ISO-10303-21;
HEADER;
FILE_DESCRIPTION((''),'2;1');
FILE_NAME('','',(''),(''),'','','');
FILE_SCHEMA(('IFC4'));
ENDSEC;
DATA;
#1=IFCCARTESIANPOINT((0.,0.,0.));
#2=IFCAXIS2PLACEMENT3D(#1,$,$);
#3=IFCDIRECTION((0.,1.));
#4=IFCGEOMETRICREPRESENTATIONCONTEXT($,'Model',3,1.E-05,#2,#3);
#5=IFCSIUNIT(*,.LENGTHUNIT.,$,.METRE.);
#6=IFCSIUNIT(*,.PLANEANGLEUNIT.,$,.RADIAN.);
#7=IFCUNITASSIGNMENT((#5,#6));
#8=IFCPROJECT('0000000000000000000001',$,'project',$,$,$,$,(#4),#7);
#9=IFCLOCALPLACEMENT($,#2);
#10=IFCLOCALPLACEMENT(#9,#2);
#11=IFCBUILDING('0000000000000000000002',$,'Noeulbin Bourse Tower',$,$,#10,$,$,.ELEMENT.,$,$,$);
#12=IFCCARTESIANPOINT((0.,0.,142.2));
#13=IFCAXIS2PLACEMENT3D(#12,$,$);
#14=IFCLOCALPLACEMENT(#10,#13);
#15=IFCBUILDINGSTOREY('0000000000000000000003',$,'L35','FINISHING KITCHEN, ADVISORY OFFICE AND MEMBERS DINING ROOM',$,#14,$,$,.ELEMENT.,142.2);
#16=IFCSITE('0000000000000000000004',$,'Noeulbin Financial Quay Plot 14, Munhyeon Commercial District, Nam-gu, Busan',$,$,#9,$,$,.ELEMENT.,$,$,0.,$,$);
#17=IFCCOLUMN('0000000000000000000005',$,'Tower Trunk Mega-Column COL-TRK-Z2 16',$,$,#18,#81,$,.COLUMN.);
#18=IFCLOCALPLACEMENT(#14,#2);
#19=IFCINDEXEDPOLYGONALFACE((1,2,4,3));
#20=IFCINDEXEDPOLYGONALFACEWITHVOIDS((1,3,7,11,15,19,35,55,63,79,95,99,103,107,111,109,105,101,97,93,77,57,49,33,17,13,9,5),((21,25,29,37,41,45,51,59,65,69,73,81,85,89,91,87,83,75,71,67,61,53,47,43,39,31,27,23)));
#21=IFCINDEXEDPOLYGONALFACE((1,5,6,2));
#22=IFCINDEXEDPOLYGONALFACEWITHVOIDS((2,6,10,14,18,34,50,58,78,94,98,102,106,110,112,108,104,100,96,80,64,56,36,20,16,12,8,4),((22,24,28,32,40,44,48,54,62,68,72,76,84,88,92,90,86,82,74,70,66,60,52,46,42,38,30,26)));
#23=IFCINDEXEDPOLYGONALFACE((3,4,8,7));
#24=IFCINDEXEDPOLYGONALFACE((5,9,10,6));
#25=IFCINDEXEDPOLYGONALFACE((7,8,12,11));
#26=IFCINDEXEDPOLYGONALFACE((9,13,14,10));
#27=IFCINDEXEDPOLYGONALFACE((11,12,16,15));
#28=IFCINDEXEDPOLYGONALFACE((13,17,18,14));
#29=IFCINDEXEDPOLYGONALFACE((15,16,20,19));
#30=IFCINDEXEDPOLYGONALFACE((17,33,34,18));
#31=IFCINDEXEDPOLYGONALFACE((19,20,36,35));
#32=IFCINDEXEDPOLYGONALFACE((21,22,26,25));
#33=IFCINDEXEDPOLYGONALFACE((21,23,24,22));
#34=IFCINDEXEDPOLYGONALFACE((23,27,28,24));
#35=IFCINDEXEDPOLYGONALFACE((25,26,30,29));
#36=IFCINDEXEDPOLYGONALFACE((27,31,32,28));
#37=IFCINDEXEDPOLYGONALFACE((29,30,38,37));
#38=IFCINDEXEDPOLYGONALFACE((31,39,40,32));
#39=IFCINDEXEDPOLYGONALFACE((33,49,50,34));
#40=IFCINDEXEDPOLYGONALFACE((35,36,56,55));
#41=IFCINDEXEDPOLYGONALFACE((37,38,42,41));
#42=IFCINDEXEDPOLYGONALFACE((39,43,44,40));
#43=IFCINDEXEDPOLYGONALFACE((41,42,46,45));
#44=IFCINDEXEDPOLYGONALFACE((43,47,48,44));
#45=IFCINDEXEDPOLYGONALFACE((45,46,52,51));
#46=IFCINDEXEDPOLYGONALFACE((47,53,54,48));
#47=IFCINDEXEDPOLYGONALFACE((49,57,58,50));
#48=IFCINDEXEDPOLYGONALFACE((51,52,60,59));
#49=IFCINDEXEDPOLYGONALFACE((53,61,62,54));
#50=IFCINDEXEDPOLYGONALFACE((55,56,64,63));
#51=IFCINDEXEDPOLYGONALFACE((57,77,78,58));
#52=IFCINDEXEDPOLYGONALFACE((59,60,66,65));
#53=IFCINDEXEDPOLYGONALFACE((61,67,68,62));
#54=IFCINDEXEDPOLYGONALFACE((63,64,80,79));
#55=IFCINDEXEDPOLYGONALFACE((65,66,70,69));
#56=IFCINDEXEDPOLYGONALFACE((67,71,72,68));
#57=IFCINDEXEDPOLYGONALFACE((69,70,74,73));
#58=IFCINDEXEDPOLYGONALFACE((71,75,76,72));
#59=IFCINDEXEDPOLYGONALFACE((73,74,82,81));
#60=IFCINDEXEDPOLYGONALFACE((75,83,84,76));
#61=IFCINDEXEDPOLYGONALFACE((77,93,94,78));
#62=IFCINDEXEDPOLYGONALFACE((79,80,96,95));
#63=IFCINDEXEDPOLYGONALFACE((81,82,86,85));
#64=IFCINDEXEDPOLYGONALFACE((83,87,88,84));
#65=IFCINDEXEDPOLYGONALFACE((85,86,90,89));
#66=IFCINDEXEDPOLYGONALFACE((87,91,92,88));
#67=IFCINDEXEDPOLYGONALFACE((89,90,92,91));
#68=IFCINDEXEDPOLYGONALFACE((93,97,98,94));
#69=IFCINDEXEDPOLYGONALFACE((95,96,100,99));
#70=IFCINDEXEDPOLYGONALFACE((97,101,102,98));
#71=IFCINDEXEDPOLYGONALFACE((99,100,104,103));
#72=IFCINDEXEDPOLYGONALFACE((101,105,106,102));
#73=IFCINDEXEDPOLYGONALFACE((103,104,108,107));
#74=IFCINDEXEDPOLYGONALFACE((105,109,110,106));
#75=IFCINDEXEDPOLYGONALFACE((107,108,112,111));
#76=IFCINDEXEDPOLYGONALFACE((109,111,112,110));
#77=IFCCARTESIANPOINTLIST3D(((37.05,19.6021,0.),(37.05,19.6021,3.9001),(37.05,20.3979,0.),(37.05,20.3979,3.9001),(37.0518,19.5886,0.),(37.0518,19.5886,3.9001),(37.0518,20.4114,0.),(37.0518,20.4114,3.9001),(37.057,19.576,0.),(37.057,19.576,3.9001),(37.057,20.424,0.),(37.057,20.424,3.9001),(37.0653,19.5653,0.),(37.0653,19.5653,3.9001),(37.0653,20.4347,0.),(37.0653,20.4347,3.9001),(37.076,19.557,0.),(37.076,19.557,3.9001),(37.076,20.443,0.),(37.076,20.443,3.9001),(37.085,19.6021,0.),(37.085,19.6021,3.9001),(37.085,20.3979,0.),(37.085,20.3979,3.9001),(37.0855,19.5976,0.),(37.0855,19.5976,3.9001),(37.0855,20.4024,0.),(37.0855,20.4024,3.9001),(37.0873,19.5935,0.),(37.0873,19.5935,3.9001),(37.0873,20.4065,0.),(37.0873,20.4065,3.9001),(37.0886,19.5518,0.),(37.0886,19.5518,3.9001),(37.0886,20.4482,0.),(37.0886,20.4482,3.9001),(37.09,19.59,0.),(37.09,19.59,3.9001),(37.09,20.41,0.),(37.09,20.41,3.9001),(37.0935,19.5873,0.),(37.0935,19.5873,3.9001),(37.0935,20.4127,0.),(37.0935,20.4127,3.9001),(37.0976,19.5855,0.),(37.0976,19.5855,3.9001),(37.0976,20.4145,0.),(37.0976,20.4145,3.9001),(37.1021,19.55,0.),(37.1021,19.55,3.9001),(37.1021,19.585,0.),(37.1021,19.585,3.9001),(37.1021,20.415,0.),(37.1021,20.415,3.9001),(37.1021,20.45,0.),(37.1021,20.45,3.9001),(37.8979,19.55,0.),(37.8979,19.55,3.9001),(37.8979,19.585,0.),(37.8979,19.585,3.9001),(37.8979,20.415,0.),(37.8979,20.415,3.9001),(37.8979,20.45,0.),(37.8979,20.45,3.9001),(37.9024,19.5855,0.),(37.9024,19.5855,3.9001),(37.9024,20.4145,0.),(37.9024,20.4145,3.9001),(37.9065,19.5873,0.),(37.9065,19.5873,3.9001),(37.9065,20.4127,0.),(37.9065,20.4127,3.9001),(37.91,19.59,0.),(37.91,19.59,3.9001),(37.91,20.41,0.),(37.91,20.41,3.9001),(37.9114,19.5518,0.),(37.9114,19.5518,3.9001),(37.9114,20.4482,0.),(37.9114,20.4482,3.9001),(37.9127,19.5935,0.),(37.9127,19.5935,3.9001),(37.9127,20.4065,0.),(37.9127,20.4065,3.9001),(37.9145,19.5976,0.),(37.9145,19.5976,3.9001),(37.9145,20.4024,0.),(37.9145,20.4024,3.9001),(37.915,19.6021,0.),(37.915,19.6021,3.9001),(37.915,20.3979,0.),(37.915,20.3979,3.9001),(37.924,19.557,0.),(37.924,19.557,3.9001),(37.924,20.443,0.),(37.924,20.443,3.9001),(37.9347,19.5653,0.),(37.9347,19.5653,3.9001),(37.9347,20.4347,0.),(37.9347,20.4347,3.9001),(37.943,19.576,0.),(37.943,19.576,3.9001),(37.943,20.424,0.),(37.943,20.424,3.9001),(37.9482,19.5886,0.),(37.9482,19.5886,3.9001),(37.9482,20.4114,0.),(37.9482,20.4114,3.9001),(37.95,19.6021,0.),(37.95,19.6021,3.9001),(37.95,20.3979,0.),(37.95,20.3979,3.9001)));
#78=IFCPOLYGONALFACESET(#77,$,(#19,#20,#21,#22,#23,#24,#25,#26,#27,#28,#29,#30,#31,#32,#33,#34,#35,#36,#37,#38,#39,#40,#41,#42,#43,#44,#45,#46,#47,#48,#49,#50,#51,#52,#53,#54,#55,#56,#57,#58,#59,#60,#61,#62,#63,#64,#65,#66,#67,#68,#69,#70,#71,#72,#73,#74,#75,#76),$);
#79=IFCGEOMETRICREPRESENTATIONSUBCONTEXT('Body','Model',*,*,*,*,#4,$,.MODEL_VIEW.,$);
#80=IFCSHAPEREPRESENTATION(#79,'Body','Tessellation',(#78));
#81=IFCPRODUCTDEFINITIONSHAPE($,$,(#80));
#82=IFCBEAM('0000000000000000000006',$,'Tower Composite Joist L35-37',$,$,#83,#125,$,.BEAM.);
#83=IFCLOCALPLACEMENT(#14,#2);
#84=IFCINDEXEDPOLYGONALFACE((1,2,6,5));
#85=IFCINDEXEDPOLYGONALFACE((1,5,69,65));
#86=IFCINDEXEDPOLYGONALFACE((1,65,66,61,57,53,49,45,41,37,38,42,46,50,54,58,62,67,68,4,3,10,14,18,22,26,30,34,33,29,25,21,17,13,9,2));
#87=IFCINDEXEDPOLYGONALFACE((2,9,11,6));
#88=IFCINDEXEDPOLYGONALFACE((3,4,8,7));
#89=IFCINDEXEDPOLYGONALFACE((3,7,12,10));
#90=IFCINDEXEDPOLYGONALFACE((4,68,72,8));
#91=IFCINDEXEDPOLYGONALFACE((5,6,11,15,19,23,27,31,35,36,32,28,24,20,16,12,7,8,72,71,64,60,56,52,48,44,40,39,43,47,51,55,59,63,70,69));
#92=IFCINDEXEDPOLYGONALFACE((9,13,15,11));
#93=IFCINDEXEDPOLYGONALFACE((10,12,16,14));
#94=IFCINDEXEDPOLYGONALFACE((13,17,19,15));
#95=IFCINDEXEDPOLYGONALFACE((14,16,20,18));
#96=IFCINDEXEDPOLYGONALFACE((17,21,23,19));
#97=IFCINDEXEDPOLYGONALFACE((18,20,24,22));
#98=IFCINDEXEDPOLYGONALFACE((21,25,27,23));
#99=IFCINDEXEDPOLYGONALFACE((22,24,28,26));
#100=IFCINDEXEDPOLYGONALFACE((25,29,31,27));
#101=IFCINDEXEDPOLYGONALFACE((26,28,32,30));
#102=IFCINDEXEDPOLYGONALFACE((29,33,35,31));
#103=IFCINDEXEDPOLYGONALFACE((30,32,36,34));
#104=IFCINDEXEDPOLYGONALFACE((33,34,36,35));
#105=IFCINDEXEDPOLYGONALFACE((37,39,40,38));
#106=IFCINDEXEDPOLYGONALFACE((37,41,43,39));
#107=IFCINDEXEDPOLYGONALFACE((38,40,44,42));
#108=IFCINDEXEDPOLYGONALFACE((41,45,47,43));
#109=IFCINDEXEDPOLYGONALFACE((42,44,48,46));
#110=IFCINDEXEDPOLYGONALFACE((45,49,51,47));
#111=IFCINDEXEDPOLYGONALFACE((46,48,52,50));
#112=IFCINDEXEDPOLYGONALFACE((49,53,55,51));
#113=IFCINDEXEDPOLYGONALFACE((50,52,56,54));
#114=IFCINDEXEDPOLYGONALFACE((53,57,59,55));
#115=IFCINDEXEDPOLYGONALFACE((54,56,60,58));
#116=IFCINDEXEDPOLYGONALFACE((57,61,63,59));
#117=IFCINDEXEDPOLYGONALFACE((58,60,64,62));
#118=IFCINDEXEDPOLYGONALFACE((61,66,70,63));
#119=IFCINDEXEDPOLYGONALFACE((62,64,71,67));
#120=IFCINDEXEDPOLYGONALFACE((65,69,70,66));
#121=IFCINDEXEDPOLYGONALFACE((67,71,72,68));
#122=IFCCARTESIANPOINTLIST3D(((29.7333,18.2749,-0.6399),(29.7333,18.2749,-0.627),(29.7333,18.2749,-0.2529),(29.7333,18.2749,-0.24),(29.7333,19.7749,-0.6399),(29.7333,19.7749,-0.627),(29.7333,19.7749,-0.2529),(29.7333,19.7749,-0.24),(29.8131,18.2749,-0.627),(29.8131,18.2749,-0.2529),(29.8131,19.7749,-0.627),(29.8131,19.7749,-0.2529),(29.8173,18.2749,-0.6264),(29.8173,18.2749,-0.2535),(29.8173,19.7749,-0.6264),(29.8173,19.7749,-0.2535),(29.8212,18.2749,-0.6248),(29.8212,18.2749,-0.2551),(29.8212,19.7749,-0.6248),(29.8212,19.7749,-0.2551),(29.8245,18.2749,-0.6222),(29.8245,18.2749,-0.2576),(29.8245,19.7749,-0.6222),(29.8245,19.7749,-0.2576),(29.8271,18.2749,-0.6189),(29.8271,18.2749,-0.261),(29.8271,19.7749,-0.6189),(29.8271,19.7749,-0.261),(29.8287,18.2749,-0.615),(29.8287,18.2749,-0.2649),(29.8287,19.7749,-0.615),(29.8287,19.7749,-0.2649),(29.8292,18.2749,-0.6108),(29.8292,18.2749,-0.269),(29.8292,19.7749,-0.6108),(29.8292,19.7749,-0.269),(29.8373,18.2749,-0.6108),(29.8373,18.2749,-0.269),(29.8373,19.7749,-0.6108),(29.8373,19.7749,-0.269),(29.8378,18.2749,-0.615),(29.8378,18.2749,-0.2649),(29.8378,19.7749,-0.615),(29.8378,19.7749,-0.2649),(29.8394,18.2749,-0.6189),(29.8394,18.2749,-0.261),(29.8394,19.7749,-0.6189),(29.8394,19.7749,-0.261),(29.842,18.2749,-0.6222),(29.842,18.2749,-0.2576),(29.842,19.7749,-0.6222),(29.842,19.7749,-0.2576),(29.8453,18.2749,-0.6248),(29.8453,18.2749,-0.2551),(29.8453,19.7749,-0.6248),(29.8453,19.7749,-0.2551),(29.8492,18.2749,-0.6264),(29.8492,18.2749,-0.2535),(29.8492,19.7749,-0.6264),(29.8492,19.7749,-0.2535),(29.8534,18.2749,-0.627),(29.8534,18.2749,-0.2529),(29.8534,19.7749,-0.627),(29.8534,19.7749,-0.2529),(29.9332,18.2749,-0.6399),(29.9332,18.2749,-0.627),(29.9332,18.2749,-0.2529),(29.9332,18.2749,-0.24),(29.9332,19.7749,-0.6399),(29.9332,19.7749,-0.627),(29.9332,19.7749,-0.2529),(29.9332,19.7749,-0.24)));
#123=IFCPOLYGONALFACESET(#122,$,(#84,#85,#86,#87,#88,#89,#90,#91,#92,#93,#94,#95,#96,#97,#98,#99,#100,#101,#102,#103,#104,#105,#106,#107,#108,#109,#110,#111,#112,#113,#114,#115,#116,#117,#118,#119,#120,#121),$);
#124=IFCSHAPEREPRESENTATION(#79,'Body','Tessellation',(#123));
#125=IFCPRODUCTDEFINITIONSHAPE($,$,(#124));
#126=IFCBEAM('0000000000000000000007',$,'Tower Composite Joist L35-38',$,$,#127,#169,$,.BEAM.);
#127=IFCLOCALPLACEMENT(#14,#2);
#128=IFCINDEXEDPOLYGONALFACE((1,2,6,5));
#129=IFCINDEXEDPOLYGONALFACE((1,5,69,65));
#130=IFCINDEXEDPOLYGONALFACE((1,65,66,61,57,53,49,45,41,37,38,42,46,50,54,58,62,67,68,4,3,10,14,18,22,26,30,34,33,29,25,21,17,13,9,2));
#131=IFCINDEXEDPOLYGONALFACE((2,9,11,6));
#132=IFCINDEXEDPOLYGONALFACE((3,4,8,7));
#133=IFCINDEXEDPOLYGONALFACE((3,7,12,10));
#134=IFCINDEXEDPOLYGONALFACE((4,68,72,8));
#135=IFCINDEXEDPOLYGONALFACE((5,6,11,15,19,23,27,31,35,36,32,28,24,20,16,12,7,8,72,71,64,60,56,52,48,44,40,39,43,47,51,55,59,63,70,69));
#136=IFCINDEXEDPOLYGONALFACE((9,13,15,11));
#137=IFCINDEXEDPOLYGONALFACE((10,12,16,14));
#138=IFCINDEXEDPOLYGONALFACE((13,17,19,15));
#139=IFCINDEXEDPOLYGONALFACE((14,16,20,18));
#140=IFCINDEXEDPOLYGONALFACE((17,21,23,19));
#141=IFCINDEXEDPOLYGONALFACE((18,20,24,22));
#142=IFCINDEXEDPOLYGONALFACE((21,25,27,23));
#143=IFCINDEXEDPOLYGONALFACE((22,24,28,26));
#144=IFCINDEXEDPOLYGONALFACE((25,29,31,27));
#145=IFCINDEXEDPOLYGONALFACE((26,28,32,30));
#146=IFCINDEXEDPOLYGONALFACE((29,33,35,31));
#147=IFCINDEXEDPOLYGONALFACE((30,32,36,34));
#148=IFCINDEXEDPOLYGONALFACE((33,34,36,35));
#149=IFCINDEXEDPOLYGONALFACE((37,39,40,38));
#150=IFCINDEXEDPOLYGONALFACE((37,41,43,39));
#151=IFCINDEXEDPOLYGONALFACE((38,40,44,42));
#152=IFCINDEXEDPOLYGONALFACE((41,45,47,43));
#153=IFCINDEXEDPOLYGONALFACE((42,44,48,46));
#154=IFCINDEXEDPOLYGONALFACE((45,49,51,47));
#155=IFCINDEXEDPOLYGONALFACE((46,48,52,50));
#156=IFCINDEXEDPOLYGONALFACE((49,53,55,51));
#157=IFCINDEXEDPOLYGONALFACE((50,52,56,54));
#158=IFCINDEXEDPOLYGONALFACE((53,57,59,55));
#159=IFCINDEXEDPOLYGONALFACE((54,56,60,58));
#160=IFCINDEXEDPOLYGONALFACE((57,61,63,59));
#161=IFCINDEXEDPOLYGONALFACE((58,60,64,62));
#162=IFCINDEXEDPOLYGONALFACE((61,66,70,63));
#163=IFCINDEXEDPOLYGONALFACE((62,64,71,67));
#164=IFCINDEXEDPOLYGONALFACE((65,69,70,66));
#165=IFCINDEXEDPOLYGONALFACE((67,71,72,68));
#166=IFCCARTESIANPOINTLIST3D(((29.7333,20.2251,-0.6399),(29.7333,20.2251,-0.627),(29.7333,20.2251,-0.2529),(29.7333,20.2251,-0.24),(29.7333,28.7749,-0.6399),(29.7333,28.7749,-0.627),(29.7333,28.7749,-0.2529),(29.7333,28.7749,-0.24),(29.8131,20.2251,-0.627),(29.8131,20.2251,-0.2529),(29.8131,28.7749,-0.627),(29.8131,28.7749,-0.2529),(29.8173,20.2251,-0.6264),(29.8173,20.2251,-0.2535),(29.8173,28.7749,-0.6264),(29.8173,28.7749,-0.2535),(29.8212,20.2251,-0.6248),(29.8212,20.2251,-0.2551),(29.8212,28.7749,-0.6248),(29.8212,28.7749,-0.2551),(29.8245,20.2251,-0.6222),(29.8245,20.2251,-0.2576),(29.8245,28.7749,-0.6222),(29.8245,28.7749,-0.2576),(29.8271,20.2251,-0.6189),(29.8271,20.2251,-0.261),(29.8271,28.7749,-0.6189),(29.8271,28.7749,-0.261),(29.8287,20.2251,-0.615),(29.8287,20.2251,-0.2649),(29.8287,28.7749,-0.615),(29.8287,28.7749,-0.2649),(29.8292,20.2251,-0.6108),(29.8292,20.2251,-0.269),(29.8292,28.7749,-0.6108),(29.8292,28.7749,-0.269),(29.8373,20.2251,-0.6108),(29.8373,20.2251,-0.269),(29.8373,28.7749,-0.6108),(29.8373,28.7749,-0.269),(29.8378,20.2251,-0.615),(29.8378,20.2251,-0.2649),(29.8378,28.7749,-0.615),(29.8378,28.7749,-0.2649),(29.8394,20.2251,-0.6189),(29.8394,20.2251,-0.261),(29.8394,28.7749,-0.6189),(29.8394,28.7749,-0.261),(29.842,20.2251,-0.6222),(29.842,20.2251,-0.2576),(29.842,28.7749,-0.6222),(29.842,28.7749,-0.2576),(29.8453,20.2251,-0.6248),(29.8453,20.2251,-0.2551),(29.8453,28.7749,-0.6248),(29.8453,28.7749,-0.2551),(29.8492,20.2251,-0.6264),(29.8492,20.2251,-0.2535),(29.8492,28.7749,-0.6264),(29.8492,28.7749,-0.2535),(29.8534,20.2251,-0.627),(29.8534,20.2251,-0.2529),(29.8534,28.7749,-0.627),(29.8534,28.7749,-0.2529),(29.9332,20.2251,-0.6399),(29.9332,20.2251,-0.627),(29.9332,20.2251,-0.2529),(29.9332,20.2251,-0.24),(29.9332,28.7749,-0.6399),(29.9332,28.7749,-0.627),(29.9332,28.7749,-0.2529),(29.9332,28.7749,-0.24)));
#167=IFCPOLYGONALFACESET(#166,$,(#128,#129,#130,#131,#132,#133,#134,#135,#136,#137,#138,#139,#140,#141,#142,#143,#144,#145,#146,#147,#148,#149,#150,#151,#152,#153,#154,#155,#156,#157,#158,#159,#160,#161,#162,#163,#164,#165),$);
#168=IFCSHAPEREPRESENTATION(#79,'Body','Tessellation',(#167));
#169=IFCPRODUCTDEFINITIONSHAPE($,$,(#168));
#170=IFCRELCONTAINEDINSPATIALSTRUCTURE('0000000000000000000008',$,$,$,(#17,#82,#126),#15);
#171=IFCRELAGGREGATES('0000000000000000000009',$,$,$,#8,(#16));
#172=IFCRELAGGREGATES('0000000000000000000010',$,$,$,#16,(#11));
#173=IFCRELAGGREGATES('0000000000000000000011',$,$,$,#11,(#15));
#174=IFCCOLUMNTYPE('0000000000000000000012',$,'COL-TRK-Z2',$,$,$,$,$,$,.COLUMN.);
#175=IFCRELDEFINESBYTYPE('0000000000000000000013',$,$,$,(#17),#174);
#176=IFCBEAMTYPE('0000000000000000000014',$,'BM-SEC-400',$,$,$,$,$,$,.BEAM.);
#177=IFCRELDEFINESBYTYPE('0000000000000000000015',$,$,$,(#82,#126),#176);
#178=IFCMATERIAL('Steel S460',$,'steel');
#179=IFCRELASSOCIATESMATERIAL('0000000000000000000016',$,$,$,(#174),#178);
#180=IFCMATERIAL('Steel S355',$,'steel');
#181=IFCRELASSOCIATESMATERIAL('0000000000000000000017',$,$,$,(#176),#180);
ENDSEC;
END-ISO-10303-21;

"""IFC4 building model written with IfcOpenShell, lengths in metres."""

from ifc_helpers import new_model, si_unit, direction, frame, origin, origin_2d, place, context, subcontext, project, spatial, hollow_rectangle, i_section, extrude, material, material_profile, profile_set, type_object, element, save


model = new_model("IFC4")

# Units and contexts
model_context = context("Model", 3, precision=1e-05, world=origin(), true_north=direction((0.0, 1.0)))
body_context = subcontext(model_context, "Body", "Model", "MODEL_VIEW")
ifc_project = project(units=[si_unit("LENGTHUNIT", "METRE"), si_unit("PLANEANGLEUNIT", "RADIAN")], contexts=[model_context])

# Site, building, storey
site_placement = place(None, origin())
site = spatial("IfcSite", under=ifc_project, at=site_placement, Name="Noeulbin Financial Quay Plot 14, Munhyeon Commercial District, Nam-gu, Busan", CompositionType="ELEMENT", RefElevation=0.0)
building_placement = place(site_placement, origin())
building = spatial("IfcBuilding", under=site, at=building_placement, Name="Noeulbin Bourse Tower", CompositionType="ELEMENT")
storey_placement = place(building_placement, frame((0.0, 0.0, 142.2)))
storey = spatial("IfcBuildingStorey", under=building, at=storey_placement, Name="L35", Description="FINISHING KITCHEN, ADVISORY OFFICE AND MEMBERS DINING ROOM", CompositionType="ELEMENT", Elevation=142.2)

# Column
ifc_material_1 = material(Name="Steel S460", Category="steel")
ifc_material_profile_1 = material_profile(ifc_material_1, hollow_rectangle(XDim=0.8999, YDim=0.8999, WallThickness=0.0349, InnerFilletRadius=0.0171, OuterFilletRadius=0.052, at=origin_2d()), Name="BOX-900x900x35", Category="LoadBearing")
ifc_profile_set_1 = profile_set([ifc_material_profile_1], Name="Steel S460")
column_type = type_object("IfcColumnType", Name="COL-TRK-Z2", PredefinedType="COLUMN", material=ifc_profile_set_1)
for number, where, z_axis, x_axis, name in (
    (1, (37.5, 20.0, 0.0), (0.0, 0.0, 1.0), (1.0, 0.0, 0.0), "Tower Trunk Mega-Column COL-TRK-Z2 16"),
):
    element("IfcColumn", number, at=place(storey_placement, frame(where, z_axis=z_axis, x_axis=x_axis)), inside=storey, type_object=column_type, Name=name, PredefinedType="COLUMN", context=body_context, shape_type="SweptSolid", body=[
        extrude(hollow_rectangle(XDim=0.8999, YDim=0.8999, WallThickness=0.0349, InnerFilletRadius=0.0171, OuterFilletRadius=0.052, at=origin_2d()), origin(), (0.0, 0.0, 1.0), 3.9001),
    ])

# Beams
ifc_material_2 = material(Name="Steel S355", Category="steel")
ifc_material_profile_2 = material_profile(ifc_material_2, i_section(OverallWidth=0.2, OverallDepth=0.3999, WebThickness=0.0081, FlangeThickness=0.0129, FilletRadius=0.0161, at=origin_2d()), Name="H-400x200x8x13", Category="LoadBearing")
ifc_profile_set_2 = profile_set([ifc_material_profile_2], Name="Steel S355")
beam_type_1 = type_object("IfcBeamType", Name="BM-SEC-400", PredefinedType="BEAM", material=ifc_profile_set_2)
beam_placement = place(storey_placement, frame((29.8333, 18.2749, -0.4399), z_axis=(0.0, 1.0, 0.0), x_axis=(-1.0, 0.0, 0.0)))
element("IfcBeam", 2, at=beam_placement, inside=storey, type_object=beam_type_1, Name="Tower Composite Joist L35-37", PredefinedType="BEAM", context=body_context, shape_type="SweptSolid", body=[
    extrude(i_section(OverallWidth=0.2, OverallDepth=0.3999, WebThickness=0.0081, FlangeThickness=0.0129, FilletRadius=0.0161, at=origin_2d()), origin(), (0.0, 0.0, 1.0), 1.5),
])
for number, where, z_axis, x_axis, name in (
    (3, (29.8333, 20.2251, -0.4399), (0.0, 1.0, 0.0), (-1.0, 0.0, 0.0), "Tower Composite Joist L35-38"),
):
    element("IfcBeam", number, at=place(storey_placement, frame(where, z_axis=z_axis, x_axis=x_axis)), inside=storey, type_object=beam_type_1, Name=name, PredefinedType="BEAM", context=body_context, shape_type="SweptSolid", body=[
        extrude(i_section(OverallWidth=0.2, OverallDepth=0.3999, WebThickness=0.0081, FlangeThickness=0.0129, FilletRadius=0.0161, at=origin_2d()), origin(), (0.0, 0.0, 1.0), 8.5498),
    ])

save(model, "model.ifc")
